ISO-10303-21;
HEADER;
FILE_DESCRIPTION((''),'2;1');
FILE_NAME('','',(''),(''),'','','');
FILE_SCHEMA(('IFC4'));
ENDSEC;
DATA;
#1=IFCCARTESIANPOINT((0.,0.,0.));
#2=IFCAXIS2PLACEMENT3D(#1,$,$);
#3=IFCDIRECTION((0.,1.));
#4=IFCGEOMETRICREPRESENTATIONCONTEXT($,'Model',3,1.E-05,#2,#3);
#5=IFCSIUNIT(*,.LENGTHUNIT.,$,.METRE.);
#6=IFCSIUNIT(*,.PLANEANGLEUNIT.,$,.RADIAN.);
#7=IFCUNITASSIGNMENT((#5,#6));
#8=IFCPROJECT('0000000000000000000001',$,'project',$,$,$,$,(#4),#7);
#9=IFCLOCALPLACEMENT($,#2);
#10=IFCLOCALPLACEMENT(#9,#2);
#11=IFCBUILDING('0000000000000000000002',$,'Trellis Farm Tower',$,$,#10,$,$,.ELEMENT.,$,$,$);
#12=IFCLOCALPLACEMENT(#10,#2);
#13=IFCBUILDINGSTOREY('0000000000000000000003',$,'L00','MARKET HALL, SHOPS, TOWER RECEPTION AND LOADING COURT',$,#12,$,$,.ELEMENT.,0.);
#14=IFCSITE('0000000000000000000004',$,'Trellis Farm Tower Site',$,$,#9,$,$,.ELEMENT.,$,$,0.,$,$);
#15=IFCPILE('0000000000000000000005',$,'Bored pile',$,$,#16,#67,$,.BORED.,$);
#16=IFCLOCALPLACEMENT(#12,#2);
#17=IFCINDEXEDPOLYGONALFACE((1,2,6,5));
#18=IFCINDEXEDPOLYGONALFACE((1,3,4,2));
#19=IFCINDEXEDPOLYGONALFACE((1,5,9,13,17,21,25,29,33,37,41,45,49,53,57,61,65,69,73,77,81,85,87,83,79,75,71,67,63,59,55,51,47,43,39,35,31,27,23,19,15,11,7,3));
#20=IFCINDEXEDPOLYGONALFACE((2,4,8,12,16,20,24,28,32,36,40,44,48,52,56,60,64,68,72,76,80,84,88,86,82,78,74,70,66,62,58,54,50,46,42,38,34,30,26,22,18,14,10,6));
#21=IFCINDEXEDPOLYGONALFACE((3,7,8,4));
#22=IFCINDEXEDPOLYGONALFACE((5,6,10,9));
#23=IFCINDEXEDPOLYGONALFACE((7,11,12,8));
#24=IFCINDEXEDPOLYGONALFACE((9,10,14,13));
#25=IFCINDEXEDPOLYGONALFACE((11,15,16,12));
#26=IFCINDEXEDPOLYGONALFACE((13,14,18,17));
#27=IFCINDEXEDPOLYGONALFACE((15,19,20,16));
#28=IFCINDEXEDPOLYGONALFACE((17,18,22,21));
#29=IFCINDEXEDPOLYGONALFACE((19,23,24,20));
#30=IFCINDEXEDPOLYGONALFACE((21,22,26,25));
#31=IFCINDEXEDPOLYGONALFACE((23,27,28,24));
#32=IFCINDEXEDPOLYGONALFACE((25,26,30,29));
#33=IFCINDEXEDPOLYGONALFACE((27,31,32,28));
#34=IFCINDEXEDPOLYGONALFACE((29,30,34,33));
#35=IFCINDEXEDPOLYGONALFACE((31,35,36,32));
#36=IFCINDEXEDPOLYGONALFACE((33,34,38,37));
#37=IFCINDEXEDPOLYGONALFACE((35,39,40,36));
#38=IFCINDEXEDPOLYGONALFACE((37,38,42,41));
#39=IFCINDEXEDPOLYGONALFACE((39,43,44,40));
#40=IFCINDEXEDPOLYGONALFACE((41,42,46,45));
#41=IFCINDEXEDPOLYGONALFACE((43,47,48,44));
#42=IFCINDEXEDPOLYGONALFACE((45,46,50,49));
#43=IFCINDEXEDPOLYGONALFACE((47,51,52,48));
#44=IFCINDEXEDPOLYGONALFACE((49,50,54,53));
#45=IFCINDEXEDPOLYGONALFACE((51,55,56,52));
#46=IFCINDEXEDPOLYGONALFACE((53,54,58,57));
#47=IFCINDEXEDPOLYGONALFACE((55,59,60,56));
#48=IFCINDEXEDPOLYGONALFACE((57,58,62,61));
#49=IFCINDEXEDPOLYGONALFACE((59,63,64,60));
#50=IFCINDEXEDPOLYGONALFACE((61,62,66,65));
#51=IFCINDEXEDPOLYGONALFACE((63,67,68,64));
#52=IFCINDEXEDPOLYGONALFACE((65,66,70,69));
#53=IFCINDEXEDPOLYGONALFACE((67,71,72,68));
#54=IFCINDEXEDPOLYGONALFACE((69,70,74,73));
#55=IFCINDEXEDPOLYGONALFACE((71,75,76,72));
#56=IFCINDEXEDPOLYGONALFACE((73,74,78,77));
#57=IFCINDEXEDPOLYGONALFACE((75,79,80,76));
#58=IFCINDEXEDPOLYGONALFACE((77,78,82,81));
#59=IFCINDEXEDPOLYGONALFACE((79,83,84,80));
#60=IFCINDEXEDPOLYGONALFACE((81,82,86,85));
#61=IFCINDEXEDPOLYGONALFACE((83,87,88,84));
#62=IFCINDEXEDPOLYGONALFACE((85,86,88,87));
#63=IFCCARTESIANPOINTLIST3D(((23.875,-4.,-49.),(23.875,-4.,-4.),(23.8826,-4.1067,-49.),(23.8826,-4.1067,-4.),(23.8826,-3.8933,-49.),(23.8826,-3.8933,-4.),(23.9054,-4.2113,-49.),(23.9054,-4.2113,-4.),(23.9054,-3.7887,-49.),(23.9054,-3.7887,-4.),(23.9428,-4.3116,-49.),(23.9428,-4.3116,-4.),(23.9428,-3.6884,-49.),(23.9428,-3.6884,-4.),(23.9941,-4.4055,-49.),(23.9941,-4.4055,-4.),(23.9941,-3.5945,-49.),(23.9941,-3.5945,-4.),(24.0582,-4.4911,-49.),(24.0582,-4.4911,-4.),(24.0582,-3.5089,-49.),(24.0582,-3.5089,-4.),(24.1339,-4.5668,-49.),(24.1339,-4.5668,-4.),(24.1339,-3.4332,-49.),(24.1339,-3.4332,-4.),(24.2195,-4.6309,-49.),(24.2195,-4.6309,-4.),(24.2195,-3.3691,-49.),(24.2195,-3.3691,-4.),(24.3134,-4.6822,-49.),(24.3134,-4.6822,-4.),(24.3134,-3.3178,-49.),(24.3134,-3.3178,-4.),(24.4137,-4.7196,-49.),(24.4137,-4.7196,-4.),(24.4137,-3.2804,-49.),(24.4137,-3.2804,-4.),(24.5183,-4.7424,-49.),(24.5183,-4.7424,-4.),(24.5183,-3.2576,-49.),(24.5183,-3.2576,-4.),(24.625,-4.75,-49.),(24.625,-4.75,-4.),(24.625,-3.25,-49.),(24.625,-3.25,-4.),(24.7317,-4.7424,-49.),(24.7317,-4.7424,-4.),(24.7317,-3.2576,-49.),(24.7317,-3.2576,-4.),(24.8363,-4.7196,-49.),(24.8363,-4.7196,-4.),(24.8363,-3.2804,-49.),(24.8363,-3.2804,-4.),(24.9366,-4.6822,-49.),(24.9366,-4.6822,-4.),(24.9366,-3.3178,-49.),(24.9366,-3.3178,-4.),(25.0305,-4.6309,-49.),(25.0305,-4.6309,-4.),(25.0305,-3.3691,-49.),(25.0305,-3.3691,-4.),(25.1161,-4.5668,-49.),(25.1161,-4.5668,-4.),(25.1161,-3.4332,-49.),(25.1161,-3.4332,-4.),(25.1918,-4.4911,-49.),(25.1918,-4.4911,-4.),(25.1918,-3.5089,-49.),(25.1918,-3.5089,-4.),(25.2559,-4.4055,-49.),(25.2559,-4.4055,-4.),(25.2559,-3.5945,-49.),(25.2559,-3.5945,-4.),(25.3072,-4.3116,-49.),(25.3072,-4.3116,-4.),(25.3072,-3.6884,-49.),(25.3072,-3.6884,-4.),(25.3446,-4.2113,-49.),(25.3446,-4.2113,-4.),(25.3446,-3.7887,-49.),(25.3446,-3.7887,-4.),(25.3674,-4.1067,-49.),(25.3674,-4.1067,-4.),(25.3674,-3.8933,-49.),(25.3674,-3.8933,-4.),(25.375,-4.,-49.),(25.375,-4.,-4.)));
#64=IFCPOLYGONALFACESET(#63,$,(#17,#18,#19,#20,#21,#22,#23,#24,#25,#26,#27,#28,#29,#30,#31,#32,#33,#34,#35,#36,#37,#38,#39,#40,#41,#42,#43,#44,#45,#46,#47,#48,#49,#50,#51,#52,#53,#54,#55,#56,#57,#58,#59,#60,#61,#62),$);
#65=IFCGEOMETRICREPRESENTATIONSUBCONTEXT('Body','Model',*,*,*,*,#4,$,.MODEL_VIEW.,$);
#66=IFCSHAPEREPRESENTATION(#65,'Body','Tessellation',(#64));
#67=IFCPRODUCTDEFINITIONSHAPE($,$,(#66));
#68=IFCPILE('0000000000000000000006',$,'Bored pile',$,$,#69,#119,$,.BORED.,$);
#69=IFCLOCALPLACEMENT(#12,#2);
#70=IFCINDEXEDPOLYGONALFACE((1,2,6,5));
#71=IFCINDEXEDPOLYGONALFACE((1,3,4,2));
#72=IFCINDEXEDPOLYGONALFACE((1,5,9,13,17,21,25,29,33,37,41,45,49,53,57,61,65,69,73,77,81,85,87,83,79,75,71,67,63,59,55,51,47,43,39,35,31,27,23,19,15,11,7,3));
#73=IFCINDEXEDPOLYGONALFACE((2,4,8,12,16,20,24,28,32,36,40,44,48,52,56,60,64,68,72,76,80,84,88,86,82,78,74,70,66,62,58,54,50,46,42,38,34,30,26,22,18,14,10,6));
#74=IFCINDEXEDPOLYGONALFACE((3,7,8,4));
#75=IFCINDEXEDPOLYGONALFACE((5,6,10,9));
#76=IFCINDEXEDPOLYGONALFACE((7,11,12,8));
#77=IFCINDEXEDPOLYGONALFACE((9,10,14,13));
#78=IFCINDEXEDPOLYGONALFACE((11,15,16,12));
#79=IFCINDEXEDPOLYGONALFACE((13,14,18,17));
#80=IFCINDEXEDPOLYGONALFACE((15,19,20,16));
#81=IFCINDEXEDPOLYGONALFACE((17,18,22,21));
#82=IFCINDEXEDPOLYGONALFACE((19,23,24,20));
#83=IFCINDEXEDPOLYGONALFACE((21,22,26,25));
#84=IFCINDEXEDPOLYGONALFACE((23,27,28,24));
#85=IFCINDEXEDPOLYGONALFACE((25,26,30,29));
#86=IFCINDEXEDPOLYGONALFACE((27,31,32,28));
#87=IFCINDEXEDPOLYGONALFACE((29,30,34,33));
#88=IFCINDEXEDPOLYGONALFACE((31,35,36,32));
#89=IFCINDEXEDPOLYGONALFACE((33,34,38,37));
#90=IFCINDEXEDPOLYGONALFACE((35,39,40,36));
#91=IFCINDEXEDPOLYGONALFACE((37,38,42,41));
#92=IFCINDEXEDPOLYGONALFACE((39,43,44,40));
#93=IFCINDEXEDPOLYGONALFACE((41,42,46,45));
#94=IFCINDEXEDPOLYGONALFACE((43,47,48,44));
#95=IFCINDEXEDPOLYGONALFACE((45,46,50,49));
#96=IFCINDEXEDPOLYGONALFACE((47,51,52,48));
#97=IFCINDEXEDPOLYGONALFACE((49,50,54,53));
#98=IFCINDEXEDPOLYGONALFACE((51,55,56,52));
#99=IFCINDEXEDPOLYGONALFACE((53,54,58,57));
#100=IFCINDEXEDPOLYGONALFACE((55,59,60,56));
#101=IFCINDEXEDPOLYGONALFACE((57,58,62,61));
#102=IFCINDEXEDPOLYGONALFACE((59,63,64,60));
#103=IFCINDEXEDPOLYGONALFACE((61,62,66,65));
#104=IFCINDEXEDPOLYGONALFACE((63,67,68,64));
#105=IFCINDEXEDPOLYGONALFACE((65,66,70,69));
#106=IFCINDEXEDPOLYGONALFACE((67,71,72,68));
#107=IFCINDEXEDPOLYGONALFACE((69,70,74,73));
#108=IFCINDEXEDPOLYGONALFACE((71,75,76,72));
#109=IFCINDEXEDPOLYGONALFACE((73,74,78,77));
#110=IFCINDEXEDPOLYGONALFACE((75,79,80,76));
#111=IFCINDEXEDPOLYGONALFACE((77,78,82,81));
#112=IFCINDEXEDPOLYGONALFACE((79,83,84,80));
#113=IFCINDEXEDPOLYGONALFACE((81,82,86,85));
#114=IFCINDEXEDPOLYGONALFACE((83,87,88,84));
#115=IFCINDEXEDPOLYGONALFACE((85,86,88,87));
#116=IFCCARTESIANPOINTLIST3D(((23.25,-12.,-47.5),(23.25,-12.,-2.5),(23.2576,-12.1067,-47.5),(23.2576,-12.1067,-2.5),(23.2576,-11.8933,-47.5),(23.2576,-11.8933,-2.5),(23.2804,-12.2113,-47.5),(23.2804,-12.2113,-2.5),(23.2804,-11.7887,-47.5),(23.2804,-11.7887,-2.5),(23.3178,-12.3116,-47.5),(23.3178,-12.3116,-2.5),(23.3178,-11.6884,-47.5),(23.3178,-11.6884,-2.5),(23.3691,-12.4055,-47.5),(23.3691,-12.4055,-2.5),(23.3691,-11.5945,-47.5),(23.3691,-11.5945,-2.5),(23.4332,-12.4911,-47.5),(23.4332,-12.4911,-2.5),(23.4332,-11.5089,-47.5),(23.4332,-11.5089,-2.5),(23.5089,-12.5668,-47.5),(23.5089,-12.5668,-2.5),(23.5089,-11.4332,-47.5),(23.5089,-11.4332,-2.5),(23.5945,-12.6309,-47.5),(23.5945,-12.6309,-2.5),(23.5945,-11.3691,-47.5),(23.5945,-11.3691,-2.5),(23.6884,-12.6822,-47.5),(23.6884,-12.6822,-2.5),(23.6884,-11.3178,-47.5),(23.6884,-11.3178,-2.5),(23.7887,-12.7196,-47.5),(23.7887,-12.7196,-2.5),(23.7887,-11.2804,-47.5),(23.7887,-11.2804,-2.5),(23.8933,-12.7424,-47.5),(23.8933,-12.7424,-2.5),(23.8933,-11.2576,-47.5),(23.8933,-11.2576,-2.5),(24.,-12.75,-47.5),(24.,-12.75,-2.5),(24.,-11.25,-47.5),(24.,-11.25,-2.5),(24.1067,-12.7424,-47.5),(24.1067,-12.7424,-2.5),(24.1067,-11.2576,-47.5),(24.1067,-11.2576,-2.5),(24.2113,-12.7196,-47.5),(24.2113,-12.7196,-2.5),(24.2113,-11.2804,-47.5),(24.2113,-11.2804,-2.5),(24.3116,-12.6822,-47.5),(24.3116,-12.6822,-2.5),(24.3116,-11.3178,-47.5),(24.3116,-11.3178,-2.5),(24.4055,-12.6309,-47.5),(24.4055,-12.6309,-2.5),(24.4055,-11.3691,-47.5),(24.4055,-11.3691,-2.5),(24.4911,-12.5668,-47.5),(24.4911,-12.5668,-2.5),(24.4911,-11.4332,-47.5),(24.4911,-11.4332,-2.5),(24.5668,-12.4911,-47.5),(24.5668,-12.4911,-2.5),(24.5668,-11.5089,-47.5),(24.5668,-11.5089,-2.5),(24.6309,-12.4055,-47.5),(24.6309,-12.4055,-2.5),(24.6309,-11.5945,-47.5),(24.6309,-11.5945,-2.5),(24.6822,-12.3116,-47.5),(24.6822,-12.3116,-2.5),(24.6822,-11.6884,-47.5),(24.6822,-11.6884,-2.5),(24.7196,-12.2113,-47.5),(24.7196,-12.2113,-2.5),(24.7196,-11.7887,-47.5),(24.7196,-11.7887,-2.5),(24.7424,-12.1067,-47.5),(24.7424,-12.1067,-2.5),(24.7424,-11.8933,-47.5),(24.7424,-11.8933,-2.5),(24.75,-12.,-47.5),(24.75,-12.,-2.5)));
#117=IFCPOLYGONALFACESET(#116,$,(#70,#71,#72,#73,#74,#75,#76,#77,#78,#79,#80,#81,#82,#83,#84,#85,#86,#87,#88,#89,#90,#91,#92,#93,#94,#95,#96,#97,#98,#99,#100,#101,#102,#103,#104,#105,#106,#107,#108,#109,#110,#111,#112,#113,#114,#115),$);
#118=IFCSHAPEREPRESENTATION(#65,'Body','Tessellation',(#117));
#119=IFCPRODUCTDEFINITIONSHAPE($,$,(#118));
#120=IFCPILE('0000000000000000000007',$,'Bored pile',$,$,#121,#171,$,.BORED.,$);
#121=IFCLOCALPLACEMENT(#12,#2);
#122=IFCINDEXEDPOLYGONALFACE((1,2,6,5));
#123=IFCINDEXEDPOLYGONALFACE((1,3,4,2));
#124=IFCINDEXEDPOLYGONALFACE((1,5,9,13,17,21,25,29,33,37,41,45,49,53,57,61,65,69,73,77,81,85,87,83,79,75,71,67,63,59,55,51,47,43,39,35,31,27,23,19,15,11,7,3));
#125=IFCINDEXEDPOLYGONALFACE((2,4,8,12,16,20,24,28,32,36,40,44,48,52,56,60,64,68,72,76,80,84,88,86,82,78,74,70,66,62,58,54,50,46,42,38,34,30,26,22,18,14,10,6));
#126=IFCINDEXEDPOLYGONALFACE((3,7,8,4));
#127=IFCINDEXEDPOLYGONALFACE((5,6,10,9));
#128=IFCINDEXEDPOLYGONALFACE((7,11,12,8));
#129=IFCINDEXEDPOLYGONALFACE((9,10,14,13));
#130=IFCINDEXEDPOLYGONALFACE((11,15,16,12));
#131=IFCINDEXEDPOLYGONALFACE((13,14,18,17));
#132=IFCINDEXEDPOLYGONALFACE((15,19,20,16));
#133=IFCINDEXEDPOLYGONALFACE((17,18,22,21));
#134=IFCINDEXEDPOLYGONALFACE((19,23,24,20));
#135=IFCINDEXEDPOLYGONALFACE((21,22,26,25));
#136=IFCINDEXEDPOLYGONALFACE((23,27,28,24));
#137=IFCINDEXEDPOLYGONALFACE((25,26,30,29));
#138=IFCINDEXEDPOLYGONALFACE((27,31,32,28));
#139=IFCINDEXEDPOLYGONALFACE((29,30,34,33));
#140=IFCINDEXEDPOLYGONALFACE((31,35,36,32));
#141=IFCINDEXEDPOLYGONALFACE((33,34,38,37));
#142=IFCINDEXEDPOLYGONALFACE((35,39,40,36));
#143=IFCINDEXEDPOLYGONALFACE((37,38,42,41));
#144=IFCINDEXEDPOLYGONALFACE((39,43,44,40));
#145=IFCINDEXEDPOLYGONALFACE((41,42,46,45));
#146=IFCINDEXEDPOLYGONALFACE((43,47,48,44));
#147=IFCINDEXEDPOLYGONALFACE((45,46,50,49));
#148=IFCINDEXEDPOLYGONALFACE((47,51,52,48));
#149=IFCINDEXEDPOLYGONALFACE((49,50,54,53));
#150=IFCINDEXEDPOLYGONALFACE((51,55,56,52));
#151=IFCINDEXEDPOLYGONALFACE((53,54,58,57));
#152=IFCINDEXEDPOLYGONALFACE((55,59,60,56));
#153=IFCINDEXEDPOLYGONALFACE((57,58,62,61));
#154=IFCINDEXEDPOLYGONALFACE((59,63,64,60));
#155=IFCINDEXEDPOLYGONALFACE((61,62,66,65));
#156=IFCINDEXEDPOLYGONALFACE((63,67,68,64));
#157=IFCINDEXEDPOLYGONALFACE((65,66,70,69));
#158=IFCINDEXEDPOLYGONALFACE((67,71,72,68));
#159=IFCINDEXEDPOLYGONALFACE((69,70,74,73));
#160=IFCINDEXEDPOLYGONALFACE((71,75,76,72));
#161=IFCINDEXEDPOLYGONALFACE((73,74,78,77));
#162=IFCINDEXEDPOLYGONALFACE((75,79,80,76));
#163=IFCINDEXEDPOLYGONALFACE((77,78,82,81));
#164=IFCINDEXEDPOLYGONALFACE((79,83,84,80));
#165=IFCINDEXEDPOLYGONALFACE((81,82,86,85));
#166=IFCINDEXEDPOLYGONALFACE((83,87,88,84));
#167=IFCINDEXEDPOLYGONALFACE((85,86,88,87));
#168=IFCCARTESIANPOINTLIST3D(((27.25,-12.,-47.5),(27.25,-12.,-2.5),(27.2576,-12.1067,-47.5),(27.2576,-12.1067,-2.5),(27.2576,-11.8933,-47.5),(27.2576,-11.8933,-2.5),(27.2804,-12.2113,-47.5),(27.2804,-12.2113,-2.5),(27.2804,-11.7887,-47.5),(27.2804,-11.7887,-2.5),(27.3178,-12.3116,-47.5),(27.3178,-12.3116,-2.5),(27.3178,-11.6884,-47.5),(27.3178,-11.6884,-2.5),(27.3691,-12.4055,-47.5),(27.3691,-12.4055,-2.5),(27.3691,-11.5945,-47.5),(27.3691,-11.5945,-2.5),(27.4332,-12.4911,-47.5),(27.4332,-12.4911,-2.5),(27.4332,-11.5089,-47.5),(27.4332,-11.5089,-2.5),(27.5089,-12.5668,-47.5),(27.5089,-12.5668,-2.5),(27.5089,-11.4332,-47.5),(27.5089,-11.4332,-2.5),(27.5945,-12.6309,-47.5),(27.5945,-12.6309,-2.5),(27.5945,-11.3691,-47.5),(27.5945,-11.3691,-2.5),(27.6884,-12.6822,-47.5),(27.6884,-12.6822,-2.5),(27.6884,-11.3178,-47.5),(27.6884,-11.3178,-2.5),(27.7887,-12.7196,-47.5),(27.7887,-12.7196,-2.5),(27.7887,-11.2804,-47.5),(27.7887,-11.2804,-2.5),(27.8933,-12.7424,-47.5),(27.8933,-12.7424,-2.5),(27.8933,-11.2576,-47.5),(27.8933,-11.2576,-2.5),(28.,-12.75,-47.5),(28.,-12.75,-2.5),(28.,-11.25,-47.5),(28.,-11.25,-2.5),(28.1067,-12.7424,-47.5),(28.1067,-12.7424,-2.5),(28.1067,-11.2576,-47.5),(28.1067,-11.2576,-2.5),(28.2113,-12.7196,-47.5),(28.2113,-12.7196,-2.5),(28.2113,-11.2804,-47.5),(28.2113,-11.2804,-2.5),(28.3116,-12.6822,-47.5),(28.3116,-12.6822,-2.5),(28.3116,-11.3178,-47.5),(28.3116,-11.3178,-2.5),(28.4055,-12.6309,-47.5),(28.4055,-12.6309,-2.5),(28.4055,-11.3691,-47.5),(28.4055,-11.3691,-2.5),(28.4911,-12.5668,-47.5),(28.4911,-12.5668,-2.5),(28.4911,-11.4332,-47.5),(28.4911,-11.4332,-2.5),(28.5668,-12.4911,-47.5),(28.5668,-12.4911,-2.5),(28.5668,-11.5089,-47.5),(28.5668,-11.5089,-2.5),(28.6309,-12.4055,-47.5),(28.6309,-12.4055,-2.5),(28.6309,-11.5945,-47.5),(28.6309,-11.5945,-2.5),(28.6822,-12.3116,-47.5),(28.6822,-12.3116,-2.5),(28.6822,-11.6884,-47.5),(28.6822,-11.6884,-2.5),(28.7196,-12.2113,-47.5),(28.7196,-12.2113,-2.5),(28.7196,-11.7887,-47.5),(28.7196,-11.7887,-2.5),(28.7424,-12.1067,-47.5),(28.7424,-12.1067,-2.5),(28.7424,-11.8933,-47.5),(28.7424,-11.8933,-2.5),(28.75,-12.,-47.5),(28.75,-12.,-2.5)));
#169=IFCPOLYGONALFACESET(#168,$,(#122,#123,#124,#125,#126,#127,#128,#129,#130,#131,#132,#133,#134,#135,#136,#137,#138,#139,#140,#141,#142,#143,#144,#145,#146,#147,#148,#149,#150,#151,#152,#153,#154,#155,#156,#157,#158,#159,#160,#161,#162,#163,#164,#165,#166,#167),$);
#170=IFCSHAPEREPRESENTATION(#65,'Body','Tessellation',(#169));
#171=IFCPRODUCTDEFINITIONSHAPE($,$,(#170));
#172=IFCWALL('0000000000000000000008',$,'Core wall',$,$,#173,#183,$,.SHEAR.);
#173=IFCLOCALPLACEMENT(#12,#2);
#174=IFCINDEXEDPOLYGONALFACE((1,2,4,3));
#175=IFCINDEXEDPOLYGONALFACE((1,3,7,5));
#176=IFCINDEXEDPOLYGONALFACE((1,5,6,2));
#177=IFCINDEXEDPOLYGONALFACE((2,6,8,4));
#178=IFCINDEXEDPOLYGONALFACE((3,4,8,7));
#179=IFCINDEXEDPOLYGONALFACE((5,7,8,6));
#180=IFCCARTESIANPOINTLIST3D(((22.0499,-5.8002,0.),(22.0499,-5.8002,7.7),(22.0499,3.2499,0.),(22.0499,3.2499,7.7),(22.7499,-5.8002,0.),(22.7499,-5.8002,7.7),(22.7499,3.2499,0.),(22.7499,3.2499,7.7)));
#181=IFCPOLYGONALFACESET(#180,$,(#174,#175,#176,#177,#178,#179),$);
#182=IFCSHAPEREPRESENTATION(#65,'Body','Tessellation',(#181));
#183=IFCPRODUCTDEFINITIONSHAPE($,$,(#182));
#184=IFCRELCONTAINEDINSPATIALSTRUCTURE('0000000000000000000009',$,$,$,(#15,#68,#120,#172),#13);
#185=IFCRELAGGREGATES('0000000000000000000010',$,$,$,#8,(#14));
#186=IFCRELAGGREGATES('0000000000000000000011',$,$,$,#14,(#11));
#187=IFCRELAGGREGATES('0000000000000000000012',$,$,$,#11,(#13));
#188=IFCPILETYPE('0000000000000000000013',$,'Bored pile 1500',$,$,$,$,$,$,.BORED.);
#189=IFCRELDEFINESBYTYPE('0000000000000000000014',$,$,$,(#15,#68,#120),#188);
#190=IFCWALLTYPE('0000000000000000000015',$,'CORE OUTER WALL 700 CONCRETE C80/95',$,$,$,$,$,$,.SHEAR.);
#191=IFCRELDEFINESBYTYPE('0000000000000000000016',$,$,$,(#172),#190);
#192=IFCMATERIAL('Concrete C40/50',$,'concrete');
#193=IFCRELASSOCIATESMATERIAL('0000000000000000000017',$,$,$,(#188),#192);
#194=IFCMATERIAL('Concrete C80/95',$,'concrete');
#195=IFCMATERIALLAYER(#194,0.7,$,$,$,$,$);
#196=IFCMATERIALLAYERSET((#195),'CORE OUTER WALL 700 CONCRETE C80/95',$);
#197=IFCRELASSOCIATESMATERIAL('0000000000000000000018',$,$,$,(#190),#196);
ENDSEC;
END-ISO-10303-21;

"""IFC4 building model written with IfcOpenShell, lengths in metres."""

from ifc_helpers import new_model, si_unit, direction, frame, frame_2d, origin, origin_2d, place, context, subcontext, project, spatial, rectangle, circle, extrude, source, transform, mapped, material, layer, layer_set, material_profile, profile_set, type_object, element, save


model = new_model("IFC4")

# Units and contexts
model_context = context("Model", 3, precision=1e-05, world=origin(), true_north=direction((0.0, 1.0)))
body_context = subcontext(model_context, "Body", "Model", "MODEL_VIEW")
ifc_project = project(units=[si_unit("LENGTHUNIT", "METRE"), si_unit("PLANEANGLEUNIT", "RADIAN")], contexts=[model_context])

# Site, building, storey
site_placement = place(None, origin())
site = spatial("IfcSite", under=ifc_project, at=site_placement, Name="Trellis Farm Tower Site", CompositionType="ELEMENT", RefElevation=0.0)
building_placement = place(site_placement, origin())
building = spatial("IfcBuilding", under=site, at=building_placement, Name="Trellis Farm Tower", CompositionType="ELEMENT")
storey_placement = place(building_placement, origin())
storey = spatial("IfcBuildingStorey", under=building, at=storey_placement, Name="L00", Description="MARKET HALL, SHOPS, TOWER RECEPTION AND LOADING COURT", CompositionType="ELEMENT", Elevation=0.0)

# Piles
ifc_material_1 = material(Name="Concrete C40/50", Category="concrete")
ifc_material_profile = material_profile(ifc_material_1, circle(Radius=0.75, at=origin_2d()), Name="Bored pile 1500")
ifc_profile_set = profile_set([ifc_material_profile], Name="Concrete C40/50")
pile_type = type_object("IfcPileType", Name="Bored pile 1500", PredefinedType="BORED", material=ifc_profile_set)
shared_shape_1 = source(origin(), body_context, "Body", "SweptSolid", [
    extrude(circle(Radius=0.75, at=origin_2d()), origin(), (0.0, 0.0, 1.0), 45.0),
])
for number, where, z_axis, x_axis, name in (
    (1, (24.625, -4.0, -4.0), (0.0, 0.0, -1.0), (1.0, 0.0, 0.0), "Bored pile"),
    (2, (24.0, -12.0, -2.5), (0.0, 0.0, -1.0), (1.0, 0.0, 0.0), "Bored pile"),
    (3, (28.0, -12.0, -2.5), (0.0, 0.0, -1.0), (1.0, 0.0, 0.0), "Bored pile"),
):
    element("IfcPile", number, at=place(storey_placement, frame(where, z_axis=z_axis, x_axis=x_axis)), inside=storey, type_object=pile_type, Name=name, PredefinedType="BORED", context=body_context, shape_type="MappedRepresentation", body=[
        mapped(shared_shape_1, transform((0.0, 0.0, 0.0))),
    ])

# Wall
ifc_material_2 = material(Name="Concrete C80/95", Category="concrete")
ifc_layer = layer(ifc_material_2, 0.7)
ifc_layer_set = layer_set([ifc_layer], Name="CORE OUTER WALL 700 CONCRETE C80/95")
wall_type = type_object("IfcWallType", Name="CORE OUTER WALL 700 CONCRETE C80/95", PredefinedType="SHEAR", material=ifc_layer_set)
shared_shape_2 = source(origin(), body_context, "Body", "SweptSolid", [
    extrude(rectangle(XDim=9.05, YDim=0.7, at=frame_2d((4.5249, 0.0))), origin(), (0.0, 0.0, 1.0), 7.7),
])
wall_placement = place(storey_placement, frame((22.3999, -5.8, 0.0), z_axis=(0.0, 0.0, 1.0), x_axis=(0.0, 1.0, 0.0)))
element("IfcWall", 4, at=wall_placement, inside=storey, type_object=wall_type, Name="Core wall", PredefinedType="SHEAR", context=body_context, shape_type="MappedRepresentation", body=[
    mapped(shared_shape_2, transform((0.0, 0.0, 0.0))),
])

save(model, "model.ifc")
